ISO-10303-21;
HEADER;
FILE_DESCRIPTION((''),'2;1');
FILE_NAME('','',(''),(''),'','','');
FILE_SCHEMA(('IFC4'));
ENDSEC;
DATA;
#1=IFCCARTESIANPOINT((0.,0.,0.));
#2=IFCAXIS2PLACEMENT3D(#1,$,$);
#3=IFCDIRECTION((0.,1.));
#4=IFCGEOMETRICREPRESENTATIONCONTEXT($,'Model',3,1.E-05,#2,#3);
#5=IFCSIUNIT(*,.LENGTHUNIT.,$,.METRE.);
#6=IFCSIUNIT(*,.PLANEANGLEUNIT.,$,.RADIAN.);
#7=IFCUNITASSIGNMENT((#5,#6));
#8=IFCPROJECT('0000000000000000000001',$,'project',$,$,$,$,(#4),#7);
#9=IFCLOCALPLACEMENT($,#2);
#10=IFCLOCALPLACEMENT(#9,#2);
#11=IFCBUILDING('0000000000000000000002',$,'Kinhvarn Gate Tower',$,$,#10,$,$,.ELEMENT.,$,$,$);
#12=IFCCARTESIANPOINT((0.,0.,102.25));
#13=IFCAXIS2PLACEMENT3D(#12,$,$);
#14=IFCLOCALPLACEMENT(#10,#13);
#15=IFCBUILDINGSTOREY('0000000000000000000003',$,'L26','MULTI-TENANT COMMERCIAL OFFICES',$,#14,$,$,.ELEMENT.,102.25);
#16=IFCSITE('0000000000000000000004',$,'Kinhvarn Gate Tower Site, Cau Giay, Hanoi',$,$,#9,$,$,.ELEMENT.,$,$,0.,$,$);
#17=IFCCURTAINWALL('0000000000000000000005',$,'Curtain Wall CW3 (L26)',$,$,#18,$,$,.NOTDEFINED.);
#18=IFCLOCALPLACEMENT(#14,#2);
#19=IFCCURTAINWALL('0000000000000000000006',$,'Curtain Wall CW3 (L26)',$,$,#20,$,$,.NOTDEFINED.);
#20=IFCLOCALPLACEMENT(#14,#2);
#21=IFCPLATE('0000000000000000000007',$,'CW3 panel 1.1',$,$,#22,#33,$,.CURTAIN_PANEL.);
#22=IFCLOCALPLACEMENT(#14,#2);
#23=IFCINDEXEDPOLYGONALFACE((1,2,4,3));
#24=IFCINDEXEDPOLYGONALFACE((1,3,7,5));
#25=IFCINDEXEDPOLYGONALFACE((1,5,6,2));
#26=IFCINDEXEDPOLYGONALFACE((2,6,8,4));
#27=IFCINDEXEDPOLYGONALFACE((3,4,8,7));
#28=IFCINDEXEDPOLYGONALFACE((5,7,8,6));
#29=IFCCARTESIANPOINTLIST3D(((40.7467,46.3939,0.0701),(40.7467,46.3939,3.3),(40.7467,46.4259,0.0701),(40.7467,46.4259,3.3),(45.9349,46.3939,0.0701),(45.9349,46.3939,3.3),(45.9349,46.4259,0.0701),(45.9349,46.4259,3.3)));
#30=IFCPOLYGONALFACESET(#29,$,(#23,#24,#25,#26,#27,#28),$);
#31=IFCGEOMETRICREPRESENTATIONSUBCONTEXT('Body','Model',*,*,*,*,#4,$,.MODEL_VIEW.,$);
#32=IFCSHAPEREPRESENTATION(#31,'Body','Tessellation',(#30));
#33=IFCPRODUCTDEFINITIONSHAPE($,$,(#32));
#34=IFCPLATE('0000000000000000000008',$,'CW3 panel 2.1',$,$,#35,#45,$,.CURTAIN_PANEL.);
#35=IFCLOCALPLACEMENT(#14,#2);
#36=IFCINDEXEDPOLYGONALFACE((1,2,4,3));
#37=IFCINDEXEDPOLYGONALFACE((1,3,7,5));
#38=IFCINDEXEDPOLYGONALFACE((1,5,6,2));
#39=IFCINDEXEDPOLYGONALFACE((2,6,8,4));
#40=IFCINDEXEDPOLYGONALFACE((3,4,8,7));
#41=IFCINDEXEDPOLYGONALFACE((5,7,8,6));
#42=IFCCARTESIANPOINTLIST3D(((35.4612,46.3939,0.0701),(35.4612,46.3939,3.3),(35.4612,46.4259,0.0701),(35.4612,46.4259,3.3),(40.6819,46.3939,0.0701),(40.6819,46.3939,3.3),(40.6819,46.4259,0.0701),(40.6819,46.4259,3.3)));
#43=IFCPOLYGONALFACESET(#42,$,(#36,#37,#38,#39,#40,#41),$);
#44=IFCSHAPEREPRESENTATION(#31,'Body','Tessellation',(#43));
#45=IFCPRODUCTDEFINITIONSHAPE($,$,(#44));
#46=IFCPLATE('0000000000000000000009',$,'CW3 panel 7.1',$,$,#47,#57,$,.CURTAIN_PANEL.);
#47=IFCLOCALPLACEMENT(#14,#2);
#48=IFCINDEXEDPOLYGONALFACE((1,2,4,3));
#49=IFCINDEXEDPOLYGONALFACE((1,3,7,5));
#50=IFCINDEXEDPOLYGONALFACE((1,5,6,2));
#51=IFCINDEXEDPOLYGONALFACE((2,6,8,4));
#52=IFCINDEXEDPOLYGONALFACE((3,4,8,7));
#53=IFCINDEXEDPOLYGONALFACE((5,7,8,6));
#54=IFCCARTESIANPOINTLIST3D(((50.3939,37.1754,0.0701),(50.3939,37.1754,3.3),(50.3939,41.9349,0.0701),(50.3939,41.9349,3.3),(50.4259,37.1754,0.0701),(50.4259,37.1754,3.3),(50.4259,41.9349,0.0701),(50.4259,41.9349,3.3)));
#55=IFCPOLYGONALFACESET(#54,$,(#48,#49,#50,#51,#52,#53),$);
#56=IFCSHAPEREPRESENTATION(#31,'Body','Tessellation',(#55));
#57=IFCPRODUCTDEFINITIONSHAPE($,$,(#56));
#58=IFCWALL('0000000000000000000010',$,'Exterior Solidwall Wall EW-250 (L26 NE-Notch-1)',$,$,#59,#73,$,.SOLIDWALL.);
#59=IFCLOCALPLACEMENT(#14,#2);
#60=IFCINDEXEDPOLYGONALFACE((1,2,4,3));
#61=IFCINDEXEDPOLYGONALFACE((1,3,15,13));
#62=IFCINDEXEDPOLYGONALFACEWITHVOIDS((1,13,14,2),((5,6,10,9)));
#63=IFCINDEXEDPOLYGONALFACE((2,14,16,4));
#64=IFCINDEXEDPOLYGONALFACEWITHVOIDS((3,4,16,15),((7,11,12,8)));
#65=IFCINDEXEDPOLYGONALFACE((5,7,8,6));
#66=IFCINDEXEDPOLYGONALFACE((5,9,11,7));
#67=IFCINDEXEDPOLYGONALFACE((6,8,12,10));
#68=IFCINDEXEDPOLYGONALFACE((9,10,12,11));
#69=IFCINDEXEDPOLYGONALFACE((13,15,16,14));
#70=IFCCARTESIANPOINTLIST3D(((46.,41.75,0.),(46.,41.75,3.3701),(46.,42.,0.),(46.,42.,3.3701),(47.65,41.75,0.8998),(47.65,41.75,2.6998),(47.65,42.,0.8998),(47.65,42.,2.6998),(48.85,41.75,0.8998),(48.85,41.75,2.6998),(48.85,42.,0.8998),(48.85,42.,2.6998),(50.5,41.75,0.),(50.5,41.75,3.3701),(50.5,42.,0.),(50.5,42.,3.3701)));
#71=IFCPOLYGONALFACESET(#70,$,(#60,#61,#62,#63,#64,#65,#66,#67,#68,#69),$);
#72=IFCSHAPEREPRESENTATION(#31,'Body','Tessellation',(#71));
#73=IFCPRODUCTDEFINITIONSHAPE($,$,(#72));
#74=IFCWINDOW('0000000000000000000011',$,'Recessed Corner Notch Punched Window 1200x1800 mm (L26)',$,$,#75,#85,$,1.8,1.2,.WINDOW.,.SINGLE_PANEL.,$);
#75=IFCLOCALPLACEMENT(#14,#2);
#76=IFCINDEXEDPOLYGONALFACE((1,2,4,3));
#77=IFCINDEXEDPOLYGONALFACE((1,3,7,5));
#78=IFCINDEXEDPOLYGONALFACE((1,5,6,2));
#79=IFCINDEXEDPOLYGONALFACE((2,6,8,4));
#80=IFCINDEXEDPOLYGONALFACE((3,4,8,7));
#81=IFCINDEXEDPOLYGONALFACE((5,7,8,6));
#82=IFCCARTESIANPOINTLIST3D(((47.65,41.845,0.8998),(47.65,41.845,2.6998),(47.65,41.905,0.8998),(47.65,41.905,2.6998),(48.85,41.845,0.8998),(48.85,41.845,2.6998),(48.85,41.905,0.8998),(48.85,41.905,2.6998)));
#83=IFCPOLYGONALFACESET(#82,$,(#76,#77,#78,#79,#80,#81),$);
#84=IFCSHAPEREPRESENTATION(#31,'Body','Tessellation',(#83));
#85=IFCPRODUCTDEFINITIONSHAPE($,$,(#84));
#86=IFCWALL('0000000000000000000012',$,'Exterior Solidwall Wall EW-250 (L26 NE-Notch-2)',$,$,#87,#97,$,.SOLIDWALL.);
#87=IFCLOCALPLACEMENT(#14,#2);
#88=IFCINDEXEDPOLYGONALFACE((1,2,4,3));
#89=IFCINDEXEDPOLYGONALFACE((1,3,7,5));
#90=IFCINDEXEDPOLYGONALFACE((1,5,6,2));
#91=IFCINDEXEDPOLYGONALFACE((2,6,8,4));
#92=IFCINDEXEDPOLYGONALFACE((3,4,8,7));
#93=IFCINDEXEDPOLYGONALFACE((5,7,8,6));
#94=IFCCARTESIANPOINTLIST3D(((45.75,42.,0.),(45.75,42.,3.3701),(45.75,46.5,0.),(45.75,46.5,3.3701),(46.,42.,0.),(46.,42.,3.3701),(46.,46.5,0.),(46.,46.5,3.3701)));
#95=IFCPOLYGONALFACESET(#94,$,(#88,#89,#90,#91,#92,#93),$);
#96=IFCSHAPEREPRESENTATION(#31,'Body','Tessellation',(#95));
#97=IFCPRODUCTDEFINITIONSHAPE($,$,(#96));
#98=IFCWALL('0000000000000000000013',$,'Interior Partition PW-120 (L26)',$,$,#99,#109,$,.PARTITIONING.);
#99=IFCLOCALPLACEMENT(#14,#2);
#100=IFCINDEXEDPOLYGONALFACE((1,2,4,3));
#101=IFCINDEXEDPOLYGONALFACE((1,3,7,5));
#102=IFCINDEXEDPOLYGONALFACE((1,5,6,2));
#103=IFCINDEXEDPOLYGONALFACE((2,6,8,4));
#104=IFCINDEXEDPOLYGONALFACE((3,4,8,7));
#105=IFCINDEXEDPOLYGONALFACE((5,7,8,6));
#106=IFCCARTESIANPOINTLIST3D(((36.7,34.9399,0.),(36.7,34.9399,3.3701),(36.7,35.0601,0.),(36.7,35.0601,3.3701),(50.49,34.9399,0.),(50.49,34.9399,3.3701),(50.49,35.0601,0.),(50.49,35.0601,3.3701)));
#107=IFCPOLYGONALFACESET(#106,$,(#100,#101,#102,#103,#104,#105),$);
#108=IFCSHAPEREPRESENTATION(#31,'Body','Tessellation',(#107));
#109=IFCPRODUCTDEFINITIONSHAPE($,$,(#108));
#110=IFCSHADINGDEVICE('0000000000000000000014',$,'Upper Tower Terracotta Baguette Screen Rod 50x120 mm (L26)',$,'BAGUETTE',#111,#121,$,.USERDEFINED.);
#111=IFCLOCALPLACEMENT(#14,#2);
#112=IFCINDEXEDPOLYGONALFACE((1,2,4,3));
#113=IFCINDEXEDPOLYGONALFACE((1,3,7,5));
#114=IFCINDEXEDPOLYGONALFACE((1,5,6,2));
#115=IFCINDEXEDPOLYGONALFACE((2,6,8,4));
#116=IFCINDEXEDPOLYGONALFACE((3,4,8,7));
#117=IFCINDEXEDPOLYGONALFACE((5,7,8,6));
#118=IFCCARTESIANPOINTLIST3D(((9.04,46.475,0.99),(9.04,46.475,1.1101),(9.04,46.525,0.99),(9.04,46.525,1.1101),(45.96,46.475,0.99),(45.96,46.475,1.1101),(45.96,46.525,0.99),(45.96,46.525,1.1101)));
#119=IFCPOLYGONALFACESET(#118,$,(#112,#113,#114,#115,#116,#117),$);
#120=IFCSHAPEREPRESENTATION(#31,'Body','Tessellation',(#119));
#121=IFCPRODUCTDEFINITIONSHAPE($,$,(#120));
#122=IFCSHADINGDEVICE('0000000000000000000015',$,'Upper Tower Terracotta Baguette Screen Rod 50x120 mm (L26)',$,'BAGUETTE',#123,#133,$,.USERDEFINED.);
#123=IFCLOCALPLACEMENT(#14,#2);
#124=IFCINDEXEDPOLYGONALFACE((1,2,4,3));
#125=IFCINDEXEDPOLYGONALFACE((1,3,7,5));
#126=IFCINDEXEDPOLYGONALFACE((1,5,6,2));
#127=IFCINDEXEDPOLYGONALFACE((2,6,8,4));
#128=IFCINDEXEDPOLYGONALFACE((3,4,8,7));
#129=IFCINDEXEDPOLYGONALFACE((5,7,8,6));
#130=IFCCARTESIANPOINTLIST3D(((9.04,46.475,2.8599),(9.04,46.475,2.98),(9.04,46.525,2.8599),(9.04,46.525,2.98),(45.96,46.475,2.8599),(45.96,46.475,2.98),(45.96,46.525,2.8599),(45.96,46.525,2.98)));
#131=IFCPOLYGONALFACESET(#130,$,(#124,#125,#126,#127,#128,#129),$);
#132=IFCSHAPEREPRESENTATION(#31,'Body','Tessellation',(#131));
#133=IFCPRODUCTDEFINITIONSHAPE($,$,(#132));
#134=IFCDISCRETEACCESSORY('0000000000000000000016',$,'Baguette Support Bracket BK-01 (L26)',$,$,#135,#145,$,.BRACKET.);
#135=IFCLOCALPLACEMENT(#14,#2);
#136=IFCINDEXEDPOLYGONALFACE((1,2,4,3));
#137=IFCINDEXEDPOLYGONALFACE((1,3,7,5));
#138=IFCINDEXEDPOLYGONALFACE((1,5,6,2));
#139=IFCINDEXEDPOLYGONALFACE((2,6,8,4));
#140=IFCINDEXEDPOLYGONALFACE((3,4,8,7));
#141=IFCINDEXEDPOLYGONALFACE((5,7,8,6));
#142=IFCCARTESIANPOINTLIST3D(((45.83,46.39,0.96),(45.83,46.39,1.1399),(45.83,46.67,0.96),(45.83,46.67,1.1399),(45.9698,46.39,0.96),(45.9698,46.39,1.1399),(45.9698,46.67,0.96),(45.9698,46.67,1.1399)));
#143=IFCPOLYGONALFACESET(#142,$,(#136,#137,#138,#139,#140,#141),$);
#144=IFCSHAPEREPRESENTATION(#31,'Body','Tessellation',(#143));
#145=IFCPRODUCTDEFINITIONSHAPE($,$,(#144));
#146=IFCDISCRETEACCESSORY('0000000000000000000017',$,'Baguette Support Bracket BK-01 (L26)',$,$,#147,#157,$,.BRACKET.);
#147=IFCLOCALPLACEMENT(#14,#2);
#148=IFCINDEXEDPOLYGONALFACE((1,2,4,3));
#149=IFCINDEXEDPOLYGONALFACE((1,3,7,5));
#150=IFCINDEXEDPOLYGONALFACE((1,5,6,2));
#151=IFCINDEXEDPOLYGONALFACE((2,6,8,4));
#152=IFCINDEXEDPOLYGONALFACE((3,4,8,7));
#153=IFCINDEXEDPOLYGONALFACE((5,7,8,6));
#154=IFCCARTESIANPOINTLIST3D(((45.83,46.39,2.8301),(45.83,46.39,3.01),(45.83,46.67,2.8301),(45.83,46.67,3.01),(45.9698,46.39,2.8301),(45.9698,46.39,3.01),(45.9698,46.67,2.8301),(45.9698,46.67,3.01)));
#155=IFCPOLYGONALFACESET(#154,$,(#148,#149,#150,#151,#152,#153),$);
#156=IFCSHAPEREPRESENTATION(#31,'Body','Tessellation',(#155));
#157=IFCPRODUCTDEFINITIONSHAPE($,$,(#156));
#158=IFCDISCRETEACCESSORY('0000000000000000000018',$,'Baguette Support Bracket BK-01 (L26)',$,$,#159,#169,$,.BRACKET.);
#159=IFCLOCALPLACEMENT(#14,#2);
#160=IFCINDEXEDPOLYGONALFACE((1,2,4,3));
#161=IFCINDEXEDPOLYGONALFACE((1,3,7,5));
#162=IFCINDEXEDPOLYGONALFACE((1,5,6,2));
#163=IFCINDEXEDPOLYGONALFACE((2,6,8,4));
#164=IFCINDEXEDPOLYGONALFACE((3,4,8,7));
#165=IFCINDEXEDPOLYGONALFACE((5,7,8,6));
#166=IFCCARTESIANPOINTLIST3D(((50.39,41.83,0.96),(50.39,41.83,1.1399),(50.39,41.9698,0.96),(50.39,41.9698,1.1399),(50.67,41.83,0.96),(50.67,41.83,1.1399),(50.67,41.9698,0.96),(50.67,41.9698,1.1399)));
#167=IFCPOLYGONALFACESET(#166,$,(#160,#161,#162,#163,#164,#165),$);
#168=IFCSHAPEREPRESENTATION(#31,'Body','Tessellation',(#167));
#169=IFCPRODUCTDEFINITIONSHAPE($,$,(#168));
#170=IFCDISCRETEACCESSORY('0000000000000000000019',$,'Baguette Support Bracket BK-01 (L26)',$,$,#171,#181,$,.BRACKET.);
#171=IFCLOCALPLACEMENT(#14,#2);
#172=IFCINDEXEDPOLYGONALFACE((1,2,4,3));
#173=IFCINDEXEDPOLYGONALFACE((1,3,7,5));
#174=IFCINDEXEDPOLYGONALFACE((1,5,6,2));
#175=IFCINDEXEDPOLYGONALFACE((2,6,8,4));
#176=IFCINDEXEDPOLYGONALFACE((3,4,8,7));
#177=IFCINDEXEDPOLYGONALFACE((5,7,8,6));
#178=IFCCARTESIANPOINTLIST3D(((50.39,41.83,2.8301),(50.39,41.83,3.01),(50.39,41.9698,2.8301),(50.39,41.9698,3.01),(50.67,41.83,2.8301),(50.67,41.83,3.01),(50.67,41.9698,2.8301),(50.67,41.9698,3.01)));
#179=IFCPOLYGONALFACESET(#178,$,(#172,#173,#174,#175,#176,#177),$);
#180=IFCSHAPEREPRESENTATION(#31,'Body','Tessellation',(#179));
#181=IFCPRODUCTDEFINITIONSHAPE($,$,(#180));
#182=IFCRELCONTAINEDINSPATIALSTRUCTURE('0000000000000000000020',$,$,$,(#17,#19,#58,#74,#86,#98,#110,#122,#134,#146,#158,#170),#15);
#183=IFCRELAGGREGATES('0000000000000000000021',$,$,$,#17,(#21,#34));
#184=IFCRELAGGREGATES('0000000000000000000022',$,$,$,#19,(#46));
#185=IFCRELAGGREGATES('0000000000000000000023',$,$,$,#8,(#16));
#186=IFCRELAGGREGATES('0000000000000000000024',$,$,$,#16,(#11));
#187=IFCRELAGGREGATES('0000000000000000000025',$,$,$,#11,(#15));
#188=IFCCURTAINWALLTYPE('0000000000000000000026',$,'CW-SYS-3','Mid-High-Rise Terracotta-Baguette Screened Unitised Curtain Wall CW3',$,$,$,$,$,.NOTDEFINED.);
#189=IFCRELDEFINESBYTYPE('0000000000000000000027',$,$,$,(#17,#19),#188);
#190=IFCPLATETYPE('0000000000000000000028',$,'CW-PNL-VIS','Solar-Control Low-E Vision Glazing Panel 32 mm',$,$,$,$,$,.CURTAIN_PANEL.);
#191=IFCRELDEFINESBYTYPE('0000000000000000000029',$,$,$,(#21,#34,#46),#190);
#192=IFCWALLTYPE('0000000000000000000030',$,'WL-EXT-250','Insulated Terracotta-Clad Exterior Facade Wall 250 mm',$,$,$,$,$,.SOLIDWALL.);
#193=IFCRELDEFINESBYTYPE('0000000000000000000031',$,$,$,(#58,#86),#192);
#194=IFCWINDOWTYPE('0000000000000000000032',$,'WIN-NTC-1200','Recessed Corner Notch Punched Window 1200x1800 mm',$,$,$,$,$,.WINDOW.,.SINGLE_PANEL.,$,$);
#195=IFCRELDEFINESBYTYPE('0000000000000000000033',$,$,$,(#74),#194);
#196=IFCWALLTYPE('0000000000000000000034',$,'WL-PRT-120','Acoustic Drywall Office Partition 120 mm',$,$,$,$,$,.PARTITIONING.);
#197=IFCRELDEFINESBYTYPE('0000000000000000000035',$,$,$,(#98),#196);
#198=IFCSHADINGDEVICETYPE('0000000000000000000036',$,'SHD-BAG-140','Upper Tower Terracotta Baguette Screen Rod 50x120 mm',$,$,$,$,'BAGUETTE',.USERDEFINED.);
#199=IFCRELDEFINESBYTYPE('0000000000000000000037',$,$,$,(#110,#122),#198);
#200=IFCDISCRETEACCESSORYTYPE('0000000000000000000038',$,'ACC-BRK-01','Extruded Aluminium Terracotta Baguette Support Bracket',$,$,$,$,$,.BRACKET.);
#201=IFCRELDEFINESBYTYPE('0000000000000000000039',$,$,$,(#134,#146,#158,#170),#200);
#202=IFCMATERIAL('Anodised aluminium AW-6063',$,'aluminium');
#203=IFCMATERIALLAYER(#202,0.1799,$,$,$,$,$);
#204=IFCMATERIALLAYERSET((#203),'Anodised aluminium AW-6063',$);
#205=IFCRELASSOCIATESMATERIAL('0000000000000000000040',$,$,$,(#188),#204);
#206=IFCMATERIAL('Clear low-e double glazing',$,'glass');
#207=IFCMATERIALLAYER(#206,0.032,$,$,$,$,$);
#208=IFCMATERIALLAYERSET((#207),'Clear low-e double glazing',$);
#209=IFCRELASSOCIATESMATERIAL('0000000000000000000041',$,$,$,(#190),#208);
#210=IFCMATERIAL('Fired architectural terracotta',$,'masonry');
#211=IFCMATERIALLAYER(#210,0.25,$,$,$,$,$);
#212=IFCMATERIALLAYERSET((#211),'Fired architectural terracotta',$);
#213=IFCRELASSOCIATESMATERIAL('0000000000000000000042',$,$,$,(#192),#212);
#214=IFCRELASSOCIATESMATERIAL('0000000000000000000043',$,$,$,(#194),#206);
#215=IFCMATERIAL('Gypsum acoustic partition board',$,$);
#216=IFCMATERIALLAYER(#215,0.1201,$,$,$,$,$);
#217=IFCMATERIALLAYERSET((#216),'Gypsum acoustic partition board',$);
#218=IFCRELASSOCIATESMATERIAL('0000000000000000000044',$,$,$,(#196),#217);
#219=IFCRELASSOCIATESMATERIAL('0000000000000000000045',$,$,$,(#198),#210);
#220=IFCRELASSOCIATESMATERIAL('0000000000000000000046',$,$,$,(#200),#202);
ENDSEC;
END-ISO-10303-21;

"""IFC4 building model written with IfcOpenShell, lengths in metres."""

from ifc_helpers import new_model, si_unit, direction, frame, frame_2d, origin, origin_2d, place, context, subcontext, project, spatial, rectangle, extrude, material, layer, layer_set, material_profile, profile_set, type_object, element, fill, aggregate, save


model = new_model("IFC4")

# Units and contexts
model_context = context("Model", 3, precision=1e-05, world=origin(), true_north=direction((0.0, 1.0)))
body_context = subcontext(model_context, "Body", "Model", "MODEL_VIEW")
ifc_project = project(units=[si_unit("LENGTHUNIT", "METRE"), si_unit("PLANEANGLEUNIT", "RADIAN")], contexts=[model_context])

# Site, building, storey
site_placement = place(None, origin())
site = spatial("IfcSite", under=ifc_project, at=site_placement, Name="Kinhvarn Gate Tower Site, Cau Giay, Hanoi", CompositionType="ELEMENT", RefElevation=0.0)
building_placement = place(site_placement, origin())
building = spatial("IfcBuilding", under=site, at=building_placement, Name="Kinhvarn Gate Tower", CompositionType="ELEMENT")
storey_placement = place(building_placement, frame((0.0, 0.0, 102.25)))
storey = spatial("IfcBuildingStorey", under=building, at=storey_placement, Name="L26", Description="MULTI-TENANT COMMERCIAL OFFICES", CompositionType="ELEMENT", Elevation=102.25)

# Curtain walls
ifc_material_1 = material(Name="Anodised aluminium AW-6063", Category="aluminium")
ifc_layer_1 = layer(ifc_material_1, 0.1799)
ifc_layer_set_1 = layer_set([ifc_layer_1], Name="Anodised aluminium AW-6063")
curtain_wall_type = type_object("IfcCurtainWallType", Name="CW-SYS-3", Description="Mid-High-Rise Terracotta-Baguette Screened Unitised Curtain Wall CW3", PredefinedType="NOTDEFINED", material=ifc_layer_set_1)
curtain_wall_1_placement = place(storey_placement, origin())
curtain_wall_1 = element("IfcCurtainWall", 1, at=curtain_wall_1_placement, inside=storey, type_object=curtain_wall_type, Name="Curtain Wall CW3 (L26)", PredefinedType="NOTDEFINED")
curtain_wall_2_placement = place(storey_placement, origin())
curtain_wall_2 = element("IfcCurtainWall", 2, at=curtain_wall_2_placement, inside=storey, type_object=curtain_wall_type, Name="Curtain Wall CW3 (L26)", PredefinedType="NOTDEFINED")

# Plates
ifc_material_2 = material(Name="Clear low-e double glazing", Category="glass")
ifc_layer_2 = layer(ifc_material_2, 0.032)
ifc_layer_set_2 = layer_set([ifc_layer_2], Name="Clear low-e double glazing")
plate_type = type_object("IfcPlateType", Name="CW-PNL-VIS", Description="Solar-Control Low-E Vision Glazing Panel 32 mm", PredefinedType="CURTAIN_PANEL", material=ifc_layer_set_2)
plate_1_placement = place(storey_placement, frame((43.3408, 46.4099, 0.0701), z_axis=(0.0, 0.0, 1.0), x_axis=(-1.0, 0.0, 0.0)))
plate_1 = element("IfcPlate", 3, at=plate_1_placement, type_object=plate_type, Name="CW3 panel 1.1", PredefinedType="CURTAIN_PANEL", context=body_context, shape_type="SweptSolid", body=[
    extrude(rectangle(XDim=5.1882, YDim=0.032, at=origin_2d()), origin(), (0.0, 0.0, 1.0), 3.23),
])
plate_2_placement = place(storey_placement, frame((38.0715, 46.4099, 0.0701), z_axis=(0.0, 0.0, 1.0), x_axis=(-1.0, 0.0, 0.0)))
plate_2 = element("IfcPlate", 4, at=plate_2_placement, type_object=plate_type, Name="CW3 panel 2.1", PredefinedType="CURTAIN_PANEL", context=body_context, shape_type="SweptSolid", body=[
    extrude(rectangle(XDim=5.2207, YDim=0.032, at=origin_2d()), origin(), (0.0, 0.0, 1.0), 3.23),
])
aggregate(curtain_wall_1, [plate_1, plate_2])
plate_3_placement = place(storey_placement, frame((50.4099, 39.5552, 0.0701), z_axis=(0.0, 0.0, 1.0), x_axis=(0.0, 1.0, 0.0)))
plate_3 = element("IfcPlate", 5, at=plate_3_placement, type_object=plate_type, Name="CW3 panel 7.1", PredefinedType="CURTAIN_PANEL", context=body_context, shape_type="SweptSolid", body=[
    extrude(rectangle(XDim=4.7595, YDim=0.032, at=origin_2d()), origin(), (0.0, 0.0, 1.0), 3.23),
])
aggregate(curtain_wall_2, [plate_3])

# Wall, opening, window
ifc_material_3 = material(Name="Fired architectural terracotta", Category="masonry")
ifc_layer_3 = layer(ifc_material_3, 0.25)
ifc_layer_set_3 = layer_set([ifc_layer_3], Name="Fired architectural terracotta")
wall_type_1 = type_object("IfcWallType", Name="WL-EXT-250", Description="Insulated Terracotta-Clad Exterior Facade Wall 250 mm", PredefinedType="SOLIDWALL", material=ifc_layer_set_3)
wall_1_placement = place(storey_placement, frame((50.5, 41.875, 0.0), z_axis=(0.0, 0.0, 1.0), x_axis=(-1.0, 0.0, 0.0)))
wall_1 = element("IfcWall", 6, at=wall_1_placement, inside=storey, type_object=wall_type_1, Name="Exterior Solidwall Wall EW-250 (L26 NE-Notch-1)", PredefinedType="SOLIDWALL", context=body_context, shape_type="SweptSolid", body=[
    extrude(rectangle(XDim=4.5, YDim=0.25, at=frame_2d((2.25, 0.0))), origin(), (0.0, 0.0, 1.0), 3.3701),
])
opening_placement = place(wall_1_placement, frame((1.6499, 0.0, 0.8999)))
opening = element("IfcOpeningElement", 7, at=opening_placement, cuts=wall_1, PredefinedType="OPENING", context=body_context, shape_type="SweptSolid", body=[
    extrude(rectangle(XDim=1.2, YDim=1.8, at=frame_2d((0.6001, 0.8999))), frame((0.0, 0.135, 0.0), z_axis=(0.0, -1.0, 0.0), x_axis=(1.0, 0.0, 0.0)), (0.0, 0.0, 1.0), 0.27),
])
window_type = type_object("IfcWindowType", Name="WIN-NTC-1200", Description="Recessed Corner Notch Punched Window 1200x1800 mm", PartitioningType="SINGLE_PANEL", PredefinedType="WINDOW", material=ifc_material_2)
window_placement = place(opening_placement, origin())
window = element("IfcWindow", 8, at=window_placement, inside=storey, type_object=window_type, Name="Recessed Corner Notch Punched Window 1200x1800 mm (L26)", OverallHeight=1.8, OverallWidth=1.2, PartitioningType="SINGLE_PANEL", PredefinedType="WINDOW", context=body_context, shape_type="SweptSolid", body=[
    extrude(rectangle(XDim=1.2, YDim=1.8, at=frame_2d((0.6001, 0.8999))), frame((0.0, 0.03, 0.0), z_axis=(0.0, -1.0, 0.0), x_axis=(1.0, 0.0, 0.0)), (0.0, 0.0, 1.0), 0.0601),
])
fill(opening, window)

# Walls
wall_2_placement = place(storey_placement, frame((45.875, 42.0, 0.0), z_axis=(0.0, 0.0, 1.0), x_axis=(0.0, 1.0, 0.0)))
element("IfcWall", 9, at=wall_2_placement, inside=storey, type_object=wall_type_1, Name="Exterior Solidwall Wall EW-250 (L26 NE-Notch-2)", PredefinedType="SOLIDWALL", context=body_context, shape_type="SweptSolid", body=[
    extrude(rectangle(XDim=4.5, YDim=0.25, at=frame_2d((2.25, 0.0))), origin(), (0.0, 0.0, 1.0), 3.3701),
])
ifc_material_4 = material(Name="Gypsum acoustic partition board")
ifc_layer_4 = layer(ifc_material_4, 0.1201)
ifc_layer_set_4 = layer_set([ifc_layer_4], Name="Gypsum acoustic partition board")
wall_type_2 = type_object("IfcWallType", Name="WL-PRT-120", Description="Acoustic Drywall Office Partition 120 mm", PredefinedType="PARTITIONING", material=ifc_layer_set_4)
wall_3_placement = place(storey_placement, frame((36.7, 35.0, 0.0), z_axis=(0.0, 0.0, 1.0), x_axis=(1.0, 0.0, 0.0)))
element("IfcWall", 10, at=wall_3_placement, inside=storey, type_object=wall_type_2, Name="Interior Partition PW-120 (L26)", PredefinedType="PARTITIONING", context=body_context, shape_type="SweptSolid", body=[
    extrude(rectangle(XDim=13.79, YDim=0.1201, at=frame_2d((6.895, 0.0))), origin(), (0.0, 0.0, 1.0), 3.3701),
])

# Shading devices
ifc_material_profile_1 = material_profile(ifc_material_3, rectangle(XDim=0.05, YDim=0.1201, at=origin_2d()), Name="TC 50x120")
ifc_profile_set_1 = profile_set([ifc_material_profile_1], Name="Fired architectural terracotta")
shading_device_type = type_object("IfcShadingDeviceType", Name="SHD-BAG-140", Description="Upper Tower Terracotta Baguette Screen Rod 50x120 mm", ElementType="BAGUETTE", PredefinedType="USERDEFINED", material=ifc_profile_set_1)
for number, where, z_axis, x_axis, name in (
    (11, (45.96, 46.5, 1.05), (-1.0, 0.0, 0.0), (0.0, -1.0, 0.0), "Upper Tower Terracotta Baguette Screen Rod 50x120 mm (L26)"),
    (12, (45.96, 46.5, 2.9199), (-1.0, 0.0, 0.0), (0.0, -1.0, 0.0), "Upper Tower Terracotta Baguette Screen Rod 50x120 mm (L26)"),
):
    element("IfcShadingDevice", number, at=place(storey_placement, frame(where, z_axis=z_axis, x_axis=x_axis)), inside=storey, type_object=shading_device_type, Name=name, ObjectType="BAGUETTE", PredefinedType="USERDEFINED", context=body_context, shape_type="SweptSolid", body=[
        extrude(rectangle(XDim=0.05, YDim=0.1201, at=origin_2d()), origin(), (0.0, 0.0, 1.0), 36.9199),
    ])

# Discrete accessories
discrete_accessory_type = type_object("IfcDiscreteAccessoryType", Name="ACC-BRK-01", Description="Extruded Aluminium Terracotta Baguette Support Bracket", PredefinedType="BRACKET", material=ifc_material_1)
for number, where, z_axis, x_axis, name in (
    (13, (45.8999, 46.53, 0.96), (0.0, 0.0, 1.0), (-1.0, 0.0, 0.0), "Baguette Support Bracket BK-01 (L26)"),
    (14, (45.8999, 46.53, 2.8301), (0.0, 0.0, 1.0), (-1.0, 0.0, 0.0), "Baguette Support Bracket BK-01 (L26)"),
    (15, (50.53, 41.8999, 0.96), (0.0, 0.0, 1.0), (0.0, 1.0, 0.0), "Baguette Support Bracket BK-01 (L26)"),
    (16, (50.53, 41.8999, 2.8301), (0.0, 0.0, 1.0), (0.0, 1.0, 0.0), "Baguette Support Bracket BK-01 (L26)"),
):
    element("IfcDiscreteAccessory", number, at=place(storey_placement, frame(where, z_axis=z_axis, x_axis=x_axis)), inside=storey, type_object=discrete_accessory_type, Name=name, PredefinedType="BRACKET", context=body_context, shape_type="SweptSolid", body=[
        extrude(rectangle(XDim=0.1399, YDim=0.28, at=origin_2d()), origin(), (0.0, 0.0, 1.0), 0.1799),
    ])

save(model, "model.ifc")
